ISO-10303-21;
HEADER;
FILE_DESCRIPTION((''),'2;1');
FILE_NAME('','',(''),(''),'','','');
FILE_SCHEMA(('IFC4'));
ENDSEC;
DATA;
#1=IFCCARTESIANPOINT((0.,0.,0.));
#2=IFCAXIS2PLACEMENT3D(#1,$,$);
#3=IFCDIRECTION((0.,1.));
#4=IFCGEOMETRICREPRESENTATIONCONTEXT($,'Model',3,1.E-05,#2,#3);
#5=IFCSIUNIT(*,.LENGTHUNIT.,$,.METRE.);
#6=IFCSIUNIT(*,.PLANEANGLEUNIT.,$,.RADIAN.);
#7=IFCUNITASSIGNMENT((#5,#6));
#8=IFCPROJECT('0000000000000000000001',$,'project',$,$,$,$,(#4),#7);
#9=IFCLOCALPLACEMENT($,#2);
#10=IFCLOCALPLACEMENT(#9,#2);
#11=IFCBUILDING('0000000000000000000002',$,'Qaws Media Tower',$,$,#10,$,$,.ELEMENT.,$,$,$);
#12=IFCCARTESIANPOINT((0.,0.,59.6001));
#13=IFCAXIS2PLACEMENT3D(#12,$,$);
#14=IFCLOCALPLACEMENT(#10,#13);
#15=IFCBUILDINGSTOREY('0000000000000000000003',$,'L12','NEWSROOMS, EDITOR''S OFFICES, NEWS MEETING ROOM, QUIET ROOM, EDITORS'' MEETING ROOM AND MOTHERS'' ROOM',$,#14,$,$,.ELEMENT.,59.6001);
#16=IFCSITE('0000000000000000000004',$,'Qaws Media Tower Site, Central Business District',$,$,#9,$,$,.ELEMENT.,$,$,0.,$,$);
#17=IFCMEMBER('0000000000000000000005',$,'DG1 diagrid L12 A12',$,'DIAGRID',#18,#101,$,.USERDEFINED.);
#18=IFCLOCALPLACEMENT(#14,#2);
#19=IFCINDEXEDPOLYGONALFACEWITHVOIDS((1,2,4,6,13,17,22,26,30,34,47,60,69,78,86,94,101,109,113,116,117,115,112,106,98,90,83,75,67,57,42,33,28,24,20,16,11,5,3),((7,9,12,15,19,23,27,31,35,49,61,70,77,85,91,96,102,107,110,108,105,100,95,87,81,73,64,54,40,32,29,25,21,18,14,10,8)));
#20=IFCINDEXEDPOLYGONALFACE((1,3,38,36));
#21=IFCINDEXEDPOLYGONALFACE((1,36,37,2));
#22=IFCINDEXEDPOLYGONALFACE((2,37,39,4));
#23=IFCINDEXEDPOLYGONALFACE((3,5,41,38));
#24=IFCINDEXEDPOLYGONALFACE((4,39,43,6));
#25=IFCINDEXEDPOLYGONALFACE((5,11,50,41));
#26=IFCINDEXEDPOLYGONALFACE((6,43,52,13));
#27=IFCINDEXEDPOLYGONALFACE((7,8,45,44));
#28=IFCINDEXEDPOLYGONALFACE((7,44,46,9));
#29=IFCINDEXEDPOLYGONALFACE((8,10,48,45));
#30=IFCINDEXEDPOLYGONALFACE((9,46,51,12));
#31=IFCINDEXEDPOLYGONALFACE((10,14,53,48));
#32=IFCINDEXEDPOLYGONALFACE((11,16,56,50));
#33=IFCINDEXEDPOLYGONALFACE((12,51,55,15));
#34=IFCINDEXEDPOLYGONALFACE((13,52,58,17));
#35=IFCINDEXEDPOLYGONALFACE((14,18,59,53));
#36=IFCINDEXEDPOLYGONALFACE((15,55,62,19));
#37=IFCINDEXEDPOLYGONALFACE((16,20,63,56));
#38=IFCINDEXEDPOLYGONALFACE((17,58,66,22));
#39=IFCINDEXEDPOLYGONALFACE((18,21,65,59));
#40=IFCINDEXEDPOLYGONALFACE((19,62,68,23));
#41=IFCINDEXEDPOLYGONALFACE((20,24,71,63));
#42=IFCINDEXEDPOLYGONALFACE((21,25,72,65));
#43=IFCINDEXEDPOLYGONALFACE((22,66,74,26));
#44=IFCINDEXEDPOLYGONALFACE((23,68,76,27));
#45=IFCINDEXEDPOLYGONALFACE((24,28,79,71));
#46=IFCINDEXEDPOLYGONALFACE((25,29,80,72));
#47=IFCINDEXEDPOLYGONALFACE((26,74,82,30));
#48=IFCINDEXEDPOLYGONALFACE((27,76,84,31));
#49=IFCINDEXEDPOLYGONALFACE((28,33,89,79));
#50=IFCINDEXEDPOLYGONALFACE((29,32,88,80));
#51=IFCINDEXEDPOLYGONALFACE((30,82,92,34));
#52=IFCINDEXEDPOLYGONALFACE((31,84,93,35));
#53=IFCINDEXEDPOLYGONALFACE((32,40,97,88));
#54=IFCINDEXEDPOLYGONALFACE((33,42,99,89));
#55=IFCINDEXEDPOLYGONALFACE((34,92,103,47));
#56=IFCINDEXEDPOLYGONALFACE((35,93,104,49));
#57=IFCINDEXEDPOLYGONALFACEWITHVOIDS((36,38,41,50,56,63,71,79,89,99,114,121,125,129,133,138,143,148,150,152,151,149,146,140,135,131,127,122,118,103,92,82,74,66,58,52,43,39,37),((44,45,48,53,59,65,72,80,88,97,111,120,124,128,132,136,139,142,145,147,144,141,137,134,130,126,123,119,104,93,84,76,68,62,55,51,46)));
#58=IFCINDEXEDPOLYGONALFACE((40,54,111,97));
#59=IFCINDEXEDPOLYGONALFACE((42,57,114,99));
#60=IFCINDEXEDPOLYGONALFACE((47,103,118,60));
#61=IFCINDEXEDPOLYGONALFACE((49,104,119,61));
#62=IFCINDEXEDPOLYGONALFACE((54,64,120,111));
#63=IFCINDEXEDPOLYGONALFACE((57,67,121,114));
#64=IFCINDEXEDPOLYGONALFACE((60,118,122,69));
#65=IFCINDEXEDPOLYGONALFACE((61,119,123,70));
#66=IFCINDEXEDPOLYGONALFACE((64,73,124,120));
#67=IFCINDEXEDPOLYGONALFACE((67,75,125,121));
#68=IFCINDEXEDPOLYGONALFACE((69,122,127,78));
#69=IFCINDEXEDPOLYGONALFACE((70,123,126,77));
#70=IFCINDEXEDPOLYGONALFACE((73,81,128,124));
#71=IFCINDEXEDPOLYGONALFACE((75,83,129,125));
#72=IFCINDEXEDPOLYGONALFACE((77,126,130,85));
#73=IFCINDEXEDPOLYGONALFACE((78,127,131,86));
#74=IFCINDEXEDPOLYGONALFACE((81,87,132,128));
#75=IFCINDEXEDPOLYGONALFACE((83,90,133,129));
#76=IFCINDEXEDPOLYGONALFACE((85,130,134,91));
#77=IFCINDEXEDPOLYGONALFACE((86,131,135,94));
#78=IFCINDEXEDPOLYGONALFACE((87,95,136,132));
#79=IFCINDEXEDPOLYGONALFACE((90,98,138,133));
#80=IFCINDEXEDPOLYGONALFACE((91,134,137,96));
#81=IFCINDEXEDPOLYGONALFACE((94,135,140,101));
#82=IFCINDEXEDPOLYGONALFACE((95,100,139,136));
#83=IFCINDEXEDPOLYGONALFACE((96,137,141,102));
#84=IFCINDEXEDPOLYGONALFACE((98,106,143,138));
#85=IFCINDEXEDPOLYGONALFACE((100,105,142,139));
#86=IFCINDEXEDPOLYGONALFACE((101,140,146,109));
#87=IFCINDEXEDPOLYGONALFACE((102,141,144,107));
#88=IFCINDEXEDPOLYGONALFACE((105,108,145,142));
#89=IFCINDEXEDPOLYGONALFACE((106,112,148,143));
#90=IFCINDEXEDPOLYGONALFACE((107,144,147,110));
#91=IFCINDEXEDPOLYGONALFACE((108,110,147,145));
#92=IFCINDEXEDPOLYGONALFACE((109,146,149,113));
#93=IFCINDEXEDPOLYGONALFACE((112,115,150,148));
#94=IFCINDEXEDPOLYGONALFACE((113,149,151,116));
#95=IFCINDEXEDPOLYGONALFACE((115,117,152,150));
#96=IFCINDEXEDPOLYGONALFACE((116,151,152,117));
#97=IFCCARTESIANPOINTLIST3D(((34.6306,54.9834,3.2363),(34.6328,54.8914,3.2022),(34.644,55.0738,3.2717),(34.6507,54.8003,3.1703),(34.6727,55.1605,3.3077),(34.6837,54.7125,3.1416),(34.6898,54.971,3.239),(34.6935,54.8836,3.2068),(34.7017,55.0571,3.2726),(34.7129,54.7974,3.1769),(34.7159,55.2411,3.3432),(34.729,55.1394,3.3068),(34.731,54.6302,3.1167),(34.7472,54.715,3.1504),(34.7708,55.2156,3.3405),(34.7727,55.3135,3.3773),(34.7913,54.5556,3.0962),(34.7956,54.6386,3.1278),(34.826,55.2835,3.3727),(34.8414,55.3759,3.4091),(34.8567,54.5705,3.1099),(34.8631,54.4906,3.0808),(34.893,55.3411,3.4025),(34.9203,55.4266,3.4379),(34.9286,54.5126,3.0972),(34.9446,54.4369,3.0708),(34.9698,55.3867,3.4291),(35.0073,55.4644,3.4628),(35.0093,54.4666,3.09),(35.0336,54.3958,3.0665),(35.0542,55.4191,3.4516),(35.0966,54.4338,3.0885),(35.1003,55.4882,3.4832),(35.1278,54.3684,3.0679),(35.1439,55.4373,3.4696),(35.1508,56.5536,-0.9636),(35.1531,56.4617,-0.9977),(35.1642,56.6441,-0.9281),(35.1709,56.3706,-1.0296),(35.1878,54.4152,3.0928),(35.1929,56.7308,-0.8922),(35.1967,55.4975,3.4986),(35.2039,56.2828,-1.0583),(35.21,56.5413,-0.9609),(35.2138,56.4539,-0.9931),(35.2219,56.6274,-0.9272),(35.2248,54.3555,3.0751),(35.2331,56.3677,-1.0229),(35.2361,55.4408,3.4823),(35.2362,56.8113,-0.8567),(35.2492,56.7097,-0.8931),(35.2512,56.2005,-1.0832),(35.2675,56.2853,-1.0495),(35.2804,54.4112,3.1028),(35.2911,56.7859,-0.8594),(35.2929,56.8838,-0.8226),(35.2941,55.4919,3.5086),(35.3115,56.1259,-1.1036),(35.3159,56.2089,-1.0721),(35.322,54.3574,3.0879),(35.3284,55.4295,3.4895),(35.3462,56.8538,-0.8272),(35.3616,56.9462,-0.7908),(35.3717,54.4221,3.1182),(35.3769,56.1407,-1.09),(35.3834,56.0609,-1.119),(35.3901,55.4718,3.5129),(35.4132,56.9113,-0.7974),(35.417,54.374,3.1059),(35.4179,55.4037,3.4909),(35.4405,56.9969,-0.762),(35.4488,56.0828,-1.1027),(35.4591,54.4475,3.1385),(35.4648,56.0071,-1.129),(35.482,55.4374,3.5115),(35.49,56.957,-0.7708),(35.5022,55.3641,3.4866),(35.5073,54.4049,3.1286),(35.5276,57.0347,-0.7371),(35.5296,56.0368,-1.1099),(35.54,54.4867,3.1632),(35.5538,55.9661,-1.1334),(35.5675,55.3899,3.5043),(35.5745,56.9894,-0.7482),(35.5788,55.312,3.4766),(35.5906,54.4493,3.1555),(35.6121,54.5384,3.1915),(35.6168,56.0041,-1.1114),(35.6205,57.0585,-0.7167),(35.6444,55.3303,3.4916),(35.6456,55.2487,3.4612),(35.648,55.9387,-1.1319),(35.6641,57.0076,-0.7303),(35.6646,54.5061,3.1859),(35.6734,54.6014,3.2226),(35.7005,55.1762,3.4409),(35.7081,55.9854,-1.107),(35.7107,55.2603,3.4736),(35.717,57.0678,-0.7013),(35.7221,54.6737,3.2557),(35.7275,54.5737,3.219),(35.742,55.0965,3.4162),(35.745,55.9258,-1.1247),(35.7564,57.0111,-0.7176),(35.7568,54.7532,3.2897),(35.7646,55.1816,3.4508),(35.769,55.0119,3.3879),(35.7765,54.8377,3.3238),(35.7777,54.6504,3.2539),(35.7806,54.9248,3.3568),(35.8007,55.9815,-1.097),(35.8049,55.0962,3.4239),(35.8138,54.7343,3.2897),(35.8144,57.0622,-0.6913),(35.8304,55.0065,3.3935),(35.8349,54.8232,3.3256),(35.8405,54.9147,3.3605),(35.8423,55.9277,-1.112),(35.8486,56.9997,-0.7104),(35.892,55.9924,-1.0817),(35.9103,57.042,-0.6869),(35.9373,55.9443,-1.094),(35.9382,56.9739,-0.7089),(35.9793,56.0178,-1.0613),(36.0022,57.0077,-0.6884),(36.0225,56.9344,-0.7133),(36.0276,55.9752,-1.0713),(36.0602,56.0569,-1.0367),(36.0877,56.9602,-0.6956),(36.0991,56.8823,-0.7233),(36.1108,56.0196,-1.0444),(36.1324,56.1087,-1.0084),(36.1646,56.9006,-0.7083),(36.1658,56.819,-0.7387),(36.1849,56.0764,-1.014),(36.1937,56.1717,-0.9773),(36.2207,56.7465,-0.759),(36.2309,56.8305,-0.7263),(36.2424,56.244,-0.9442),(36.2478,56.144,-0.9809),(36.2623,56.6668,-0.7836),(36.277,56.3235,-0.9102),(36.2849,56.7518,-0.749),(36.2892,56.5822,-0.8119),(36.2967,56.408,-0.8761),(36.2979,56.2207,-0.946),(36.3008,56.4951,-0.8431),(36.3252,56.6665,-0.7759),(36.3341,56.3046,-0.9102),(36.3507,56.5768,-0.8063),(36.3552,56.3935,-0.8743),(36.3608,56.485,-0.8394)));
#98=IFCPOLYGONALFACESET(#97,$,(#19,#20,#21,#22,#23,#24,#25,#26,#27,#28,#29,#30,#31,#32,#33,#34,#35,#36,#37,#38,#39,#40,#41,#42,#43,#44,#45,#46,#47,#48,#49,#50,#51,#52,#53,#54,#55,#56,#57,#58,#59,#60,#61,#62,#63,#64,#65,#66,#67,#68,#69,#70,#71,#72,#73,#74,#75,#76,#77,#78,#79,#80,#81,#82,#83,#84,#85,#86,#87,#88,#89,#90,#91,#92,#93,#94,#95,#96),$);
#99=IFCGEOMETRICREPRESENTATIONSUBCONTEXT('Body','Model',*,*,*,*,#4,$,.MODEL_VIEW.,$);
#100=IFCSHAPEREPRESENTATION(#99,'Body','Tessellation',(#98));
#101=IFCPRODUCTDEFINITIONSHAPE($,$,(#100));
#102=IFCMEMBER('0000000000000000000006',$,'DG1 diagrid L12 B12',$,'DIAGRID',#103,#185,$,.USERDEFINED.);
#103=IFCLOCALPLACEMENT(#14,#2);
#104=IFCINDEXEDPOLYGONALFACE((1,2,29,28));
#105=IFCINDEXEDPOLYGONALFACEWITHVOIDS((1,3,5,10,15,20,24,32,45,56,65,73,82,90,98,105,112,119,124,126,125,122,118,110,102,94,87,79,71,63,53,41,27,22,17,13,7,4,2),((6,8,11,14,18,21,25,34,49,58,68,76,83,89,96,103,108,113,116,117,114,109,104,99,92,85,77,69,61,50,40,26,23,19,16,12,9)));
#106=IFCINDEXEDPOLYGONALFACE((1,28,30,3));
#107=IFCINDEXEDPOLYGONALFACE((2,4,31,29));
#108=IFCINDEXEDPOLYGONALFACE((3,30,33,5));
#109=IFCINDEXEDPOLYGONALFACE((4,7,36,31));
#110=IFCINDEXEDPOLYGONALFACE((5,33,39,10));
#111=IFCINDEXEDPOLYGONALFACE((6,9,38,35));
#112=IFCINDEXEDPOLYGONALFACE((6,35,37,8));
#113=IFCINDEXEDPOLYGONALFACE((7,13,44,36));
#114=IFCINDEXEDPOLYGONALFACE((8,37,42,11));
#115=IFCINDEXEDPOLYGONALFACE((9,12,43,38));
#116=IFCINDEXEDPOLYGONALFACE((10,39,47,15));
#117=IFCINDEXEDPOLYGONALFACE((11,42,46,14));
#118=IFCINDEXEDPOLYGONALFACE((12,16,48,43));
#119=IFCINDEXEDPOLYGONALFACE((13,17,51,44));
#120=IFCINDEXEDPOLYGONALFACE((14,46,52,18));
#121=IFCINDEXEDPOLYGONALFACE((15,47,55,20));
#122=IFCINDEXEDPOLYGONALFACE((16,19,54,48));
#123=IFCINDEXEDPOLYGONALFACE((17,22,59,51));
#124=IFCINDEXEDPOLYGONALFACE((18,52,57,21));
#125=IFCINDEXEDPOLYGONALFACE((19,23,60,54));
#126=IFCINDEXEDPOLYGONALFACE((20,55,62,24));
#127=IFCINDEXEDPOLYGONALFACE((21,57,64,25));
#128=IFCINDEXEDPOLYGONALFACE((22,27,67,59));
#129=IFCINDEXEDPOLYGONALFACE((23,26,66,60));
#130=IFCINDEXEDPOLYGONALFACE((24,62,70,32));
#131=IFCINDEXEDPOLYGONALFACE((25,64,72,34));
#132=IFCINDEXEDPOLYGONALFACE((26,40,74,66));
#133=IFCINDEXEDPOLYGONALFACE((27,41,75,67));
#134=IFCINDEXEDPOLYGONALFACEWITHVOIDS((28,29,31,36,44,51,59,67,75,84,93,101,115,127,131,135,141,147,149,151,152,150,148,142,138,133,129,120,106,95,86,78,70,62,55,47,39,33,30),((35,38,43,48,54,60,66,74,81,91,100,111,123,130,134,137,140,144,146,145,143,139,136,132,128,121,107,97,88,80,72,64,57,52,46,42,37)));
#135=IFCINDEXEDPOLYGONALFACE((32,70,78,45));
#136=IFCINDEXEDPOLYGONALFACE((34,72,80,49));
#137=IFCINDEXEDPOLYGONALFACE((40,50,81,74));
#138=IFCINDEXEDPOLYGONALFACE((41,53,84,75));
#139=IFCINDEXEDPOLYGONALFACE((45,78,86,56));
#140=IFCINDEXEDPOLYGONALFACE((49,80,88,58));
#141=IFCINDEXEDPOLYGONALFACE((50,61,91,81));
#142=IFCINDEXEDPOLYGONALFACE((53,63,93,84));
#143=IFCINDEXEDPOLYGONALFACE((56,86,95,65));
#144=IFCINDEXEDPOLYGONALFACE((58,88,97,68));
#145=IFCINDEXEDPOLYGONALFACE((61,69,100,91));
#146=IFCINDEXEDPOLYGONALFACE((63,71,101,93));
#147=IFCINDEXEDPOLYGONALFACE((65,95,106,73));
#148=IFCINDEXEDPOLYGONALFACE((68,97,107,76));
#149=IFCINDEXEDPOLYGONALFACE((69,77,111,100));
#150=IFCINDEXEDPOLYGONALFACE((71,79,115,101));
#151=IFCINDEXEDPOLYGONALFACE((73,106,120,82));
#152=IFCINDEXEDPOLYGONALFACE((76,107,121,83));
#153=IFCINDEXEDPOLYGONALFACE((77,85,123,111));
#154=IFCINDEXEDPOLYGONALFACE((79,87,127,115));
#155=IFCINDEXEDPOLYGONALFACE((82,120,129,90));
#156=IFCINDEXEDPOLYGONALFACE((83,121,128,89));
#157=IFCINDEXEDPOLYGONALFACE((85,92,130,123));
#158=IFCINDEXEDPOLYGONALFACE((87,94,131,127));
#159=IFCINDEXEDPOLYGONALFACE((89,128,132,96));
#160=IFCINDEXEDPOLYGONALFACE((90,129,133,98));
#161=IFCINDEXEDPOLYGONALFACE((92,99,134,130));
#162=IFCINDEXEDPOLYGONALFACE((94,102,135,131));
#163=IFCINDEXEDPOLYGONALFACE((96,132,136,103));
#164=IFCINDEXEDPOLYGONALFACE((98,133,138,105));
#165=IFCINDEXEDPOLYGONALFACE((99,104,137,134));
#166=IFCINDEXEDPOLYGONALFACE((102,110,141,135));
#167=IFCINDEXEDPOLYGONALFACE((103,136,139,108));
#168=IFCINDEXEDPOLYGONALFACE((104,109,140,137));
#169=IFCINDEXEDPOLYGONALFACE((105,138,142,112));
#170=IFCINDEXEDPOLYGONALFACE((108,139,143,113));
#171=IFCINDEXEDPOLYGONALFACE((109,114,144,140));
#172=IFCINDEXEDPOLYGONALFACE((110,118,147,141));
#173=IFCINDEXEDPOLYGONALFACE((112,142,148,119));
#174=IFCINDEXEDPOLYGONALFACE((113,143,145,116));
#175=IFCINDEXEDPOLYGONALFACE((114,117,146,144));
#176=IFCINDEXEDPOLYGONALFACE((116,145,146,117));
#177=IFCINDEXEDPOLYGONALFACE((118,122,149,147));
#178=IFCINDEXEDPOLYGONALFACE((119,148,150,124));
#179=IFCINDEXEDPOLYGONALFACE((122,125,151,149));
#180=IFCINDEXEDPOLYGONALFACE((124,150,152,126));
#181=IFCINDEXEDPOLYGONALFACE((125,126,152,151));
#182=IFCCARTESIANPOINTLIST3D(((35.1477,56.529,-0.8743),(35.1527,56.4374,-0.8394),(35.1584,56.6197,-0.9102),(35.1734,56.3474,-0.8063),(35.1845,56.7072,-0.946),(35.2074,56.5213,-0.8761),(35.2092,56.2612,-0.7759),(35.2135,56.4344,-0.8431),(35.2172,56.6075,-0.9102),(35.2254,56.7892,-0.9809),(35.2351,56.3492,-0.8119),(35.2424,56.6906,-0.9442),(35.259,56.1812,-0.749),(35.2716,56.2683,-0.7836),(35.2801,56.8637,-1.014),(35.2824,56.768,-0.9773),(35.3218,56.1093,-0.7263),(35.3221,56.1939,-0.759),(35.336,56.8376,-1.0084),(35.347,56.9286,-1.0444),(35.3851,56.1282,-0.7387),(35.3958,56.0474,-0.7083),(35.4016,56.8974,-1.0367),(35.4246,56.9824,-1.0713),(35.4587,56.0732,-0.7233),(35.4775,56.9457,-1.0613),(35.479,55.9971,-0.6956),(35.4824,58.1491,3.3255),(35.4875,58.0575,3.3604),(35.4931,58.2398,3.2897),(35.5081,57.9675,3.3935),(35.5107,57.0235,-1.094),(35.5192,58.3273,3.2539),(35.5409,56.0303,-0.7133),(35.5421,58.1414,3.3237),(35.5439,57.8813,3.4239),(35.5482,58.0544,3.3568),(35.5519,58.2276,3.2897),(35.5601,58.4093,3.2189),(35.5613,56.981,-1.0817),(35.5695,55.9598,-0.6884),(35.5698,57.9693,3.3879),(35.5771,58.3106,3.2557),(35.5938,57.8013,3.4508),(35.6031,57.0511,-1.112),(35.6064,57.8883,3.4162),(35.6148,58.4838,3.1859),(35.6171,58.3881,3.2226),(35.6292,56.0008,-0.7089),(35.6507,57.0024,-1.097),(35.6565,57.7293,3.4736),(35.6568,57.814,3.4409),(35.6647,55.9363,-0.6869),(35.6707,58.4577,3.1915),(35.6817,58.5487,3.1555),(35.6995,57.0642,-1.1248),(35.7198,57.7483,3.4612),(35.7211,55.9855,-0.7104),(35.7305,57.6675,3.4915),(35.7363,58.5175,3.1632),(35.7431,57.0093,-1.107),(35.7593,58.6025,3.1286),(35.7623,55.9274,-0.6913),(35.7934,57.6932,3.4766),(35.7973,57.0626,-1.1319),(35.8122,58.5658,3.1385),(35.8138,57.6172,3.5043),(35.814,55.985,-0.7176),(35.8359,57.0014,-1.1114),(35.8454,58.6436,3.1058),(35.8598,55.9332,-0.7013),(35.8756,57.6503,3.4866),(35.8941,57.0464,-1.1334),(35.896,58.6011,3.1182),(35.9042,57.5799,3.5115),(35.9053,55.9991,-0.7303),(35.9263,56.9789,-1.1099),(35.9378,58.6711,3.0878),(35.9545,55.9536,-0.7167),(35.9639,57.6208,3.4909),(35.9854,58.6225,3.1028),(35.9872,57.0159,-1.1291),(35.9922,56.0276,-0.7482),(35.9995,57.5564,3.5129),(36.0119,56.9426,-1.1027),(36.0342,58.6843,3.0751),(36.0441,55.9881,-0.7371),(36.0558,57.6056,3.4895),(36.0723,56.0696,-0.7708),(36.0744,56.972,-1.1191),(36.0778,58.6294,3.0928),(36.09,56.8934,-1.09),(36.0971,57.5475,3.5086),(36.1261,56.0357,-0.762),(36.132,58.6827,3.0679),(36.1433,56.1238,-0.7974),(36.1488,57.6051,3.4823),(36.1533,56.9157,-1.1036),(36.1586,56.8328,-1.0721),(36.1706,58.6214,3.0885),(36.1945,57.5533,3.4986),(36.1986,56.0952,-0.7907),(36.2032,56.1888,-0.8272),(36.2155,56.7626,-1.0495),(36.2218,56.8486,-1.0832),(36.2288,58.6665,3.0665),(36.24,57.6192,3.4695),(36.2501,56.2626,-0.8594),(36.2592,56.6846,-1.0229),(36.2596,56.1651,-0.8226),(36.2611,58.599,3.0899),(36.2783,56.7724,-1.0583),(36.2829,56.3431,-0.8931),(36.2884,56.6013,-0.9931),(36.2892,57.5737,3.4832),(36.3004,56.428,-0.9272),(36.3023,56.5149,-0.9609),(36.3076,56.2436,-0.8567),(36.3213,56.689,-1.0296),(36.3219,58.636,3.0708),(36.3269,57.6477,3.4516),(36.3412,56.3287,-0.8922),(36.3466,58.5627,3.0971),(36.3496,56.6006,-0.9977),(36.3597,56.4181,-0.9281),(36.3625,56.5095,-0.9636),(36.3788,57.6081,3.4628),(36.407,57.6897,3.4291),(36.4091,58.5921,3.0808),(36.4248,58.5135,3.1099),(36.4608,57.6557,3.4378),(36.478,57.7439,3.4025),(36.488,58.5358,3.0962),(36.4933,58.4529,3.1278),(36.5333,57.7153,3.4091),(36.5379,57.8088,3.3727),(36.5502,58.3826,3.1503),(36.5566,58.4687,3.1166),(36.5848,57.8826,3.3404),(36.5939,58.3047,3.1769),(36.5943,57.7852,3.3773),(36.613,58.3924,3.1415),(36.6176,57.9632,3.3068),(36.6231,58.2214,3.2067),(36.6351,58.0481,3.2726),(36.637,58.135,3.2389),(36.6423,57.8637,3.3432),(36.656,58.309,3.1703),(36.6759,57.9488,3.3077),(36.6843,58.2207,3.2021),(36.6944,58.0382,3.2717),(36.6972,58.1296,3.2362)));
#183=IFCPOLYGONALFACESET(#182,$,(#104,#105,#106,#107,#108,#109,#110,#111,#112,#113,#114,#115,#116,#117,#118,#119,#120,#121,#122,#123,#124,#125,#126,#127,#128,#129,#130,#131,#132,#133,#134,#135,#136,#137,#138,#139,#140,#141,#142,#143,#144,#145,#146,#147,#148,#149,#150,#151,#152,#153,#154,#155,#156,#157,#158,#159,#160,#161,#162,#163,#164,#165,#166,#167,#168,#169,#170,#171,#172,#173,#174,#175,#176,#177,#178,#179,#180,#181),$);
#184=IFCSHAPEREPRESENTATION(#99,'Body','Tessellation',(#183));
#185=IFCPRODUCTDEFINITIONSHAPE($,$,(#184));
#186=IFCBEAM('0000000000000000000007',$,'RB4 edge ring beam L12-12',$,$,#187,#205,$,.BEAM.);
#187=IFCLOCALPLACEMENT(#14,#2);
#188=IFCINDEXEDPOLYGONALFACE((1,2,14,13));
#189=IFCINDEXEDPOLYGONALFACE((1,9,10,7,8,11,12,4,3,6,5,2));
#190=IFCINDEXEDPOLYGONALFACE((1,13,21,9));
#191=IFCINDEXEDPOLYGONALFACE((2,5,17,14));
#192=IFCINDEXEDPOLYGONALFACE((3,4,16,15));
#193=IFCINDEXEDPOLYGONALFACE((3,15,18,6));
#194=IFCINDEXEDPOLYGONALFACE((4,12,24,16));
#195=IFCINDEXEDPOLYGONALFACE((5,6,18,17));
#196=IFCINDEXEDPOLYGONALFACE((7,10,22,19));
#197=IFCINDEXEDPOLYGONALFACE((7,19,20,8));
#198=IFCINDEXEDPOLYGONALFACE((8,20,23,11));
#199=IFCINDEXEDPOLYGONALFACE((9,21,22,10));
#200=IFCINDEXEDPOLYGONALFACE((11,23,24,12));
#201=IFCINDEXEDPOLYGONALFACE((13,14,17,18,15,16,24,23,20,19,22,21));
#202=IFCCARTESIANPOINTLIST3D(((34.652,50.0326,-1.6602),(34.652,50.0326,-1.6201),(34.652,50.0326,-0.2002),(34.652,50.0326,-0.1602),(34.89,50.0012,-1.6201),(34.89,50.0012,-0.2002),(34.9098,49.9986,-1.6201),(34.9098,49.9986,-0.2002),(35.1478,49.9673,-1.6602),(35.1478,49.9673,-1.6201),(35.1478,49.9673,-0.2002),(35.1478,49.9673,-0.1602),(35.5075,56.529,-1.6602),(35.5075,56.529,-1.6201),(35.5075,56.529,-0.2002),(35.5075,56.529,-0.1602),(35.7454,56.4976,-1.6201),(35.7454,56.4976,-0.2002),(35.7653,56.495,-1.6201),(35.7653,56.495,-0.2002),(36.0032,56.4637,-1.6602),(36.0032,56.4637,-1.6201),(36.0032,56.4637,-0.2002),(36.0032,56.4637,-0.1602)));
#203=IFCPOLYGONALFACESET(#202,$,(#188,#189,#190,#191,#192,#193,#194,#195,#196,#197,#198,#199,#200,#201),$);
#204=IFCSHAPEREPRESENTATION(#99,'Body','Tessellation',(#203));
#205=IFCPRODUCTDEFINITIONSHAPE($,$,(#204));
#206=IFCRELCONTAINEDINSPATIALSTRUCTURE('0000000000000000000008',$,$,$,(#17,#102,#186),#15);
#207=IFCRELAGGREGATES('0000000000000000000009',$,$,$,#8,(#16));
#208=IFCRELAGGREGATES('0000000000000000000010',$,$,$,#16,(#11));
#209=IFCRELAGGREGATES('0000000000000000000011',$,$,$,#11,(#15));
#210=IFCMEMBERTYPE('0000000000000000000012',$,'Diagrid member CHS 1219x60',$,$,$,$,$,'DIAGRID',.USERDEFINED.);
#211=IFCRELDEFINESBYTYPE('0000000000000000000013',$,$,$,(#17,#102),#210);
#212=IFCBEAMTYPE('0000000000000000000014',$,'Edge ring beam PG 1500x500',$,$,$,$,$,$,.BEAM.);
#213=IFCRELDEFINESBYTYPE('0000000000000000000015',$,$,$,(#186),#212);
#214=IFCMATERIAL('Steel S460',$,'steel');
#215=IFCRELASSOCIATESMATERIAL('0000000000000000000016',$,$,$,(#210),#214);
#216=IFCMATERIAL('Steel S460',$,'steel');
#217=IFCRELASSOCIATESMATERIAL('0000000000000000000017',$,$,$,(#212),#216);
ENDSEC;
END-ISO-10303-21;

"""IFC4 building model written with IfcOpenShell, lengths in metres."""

from ifc_helpers import new_model, si_unit, direction, frame, origin, origin_2d, place, context, subcontext, project, spatial, hollow_circle, i_section, extrude, material, material_profile, profile_set, type_object, element, save


model = new_model("IFC4")

# Units and contexts
model_context = context("Model", 3, precision=1e-05, world=origin(), true_north=direction((0.0, 1.0)))
body_context = subcontext(model_context, "Body", "Model", "MODEL_VIEW")
ifc_project = project(units=[si_unit("LENGTHUNIT", "METRE"), si_unit("PLANEANGLEUNIT", "RADIAN")], contexts=[model_context])

# Site, building, storey
site_placement = place(None, origin())
site = spatial("IfcSite", under=ifc_project, at=site_placement, Name="Qaws Media Tower Site, Central Business District", CompositionType="ELEMENT", RefElevation=0.0)
building_placement = place(site_placement, origin())
building = spatial("IfcBuilding", under=site, at=building_placement, Name="Qaws Media Tower", CompositionType="ELEMENT")
storey_placement = place(building_placement, frame((0.0, 0.0, 59.6001)))
storey = spatial("IfcBuildingStorey", under=building, at=storey_placement, Name="L12", Description="NEWSROOMS, EDITOR'S OFFICES, NEWS MEETING ROOM, QUIET ROOM, EDITORS' MEETING ROOM AND MOTHERS' ROOM", CompositionType="ELEMENT", Elevation=59.6001)

# Members
ifc_material_1 = material(Name="Steel S460", Category="steel")
ifc_material_profile_1 = material_profile(ifc_material_1, hollow_circle(Radius=0.6096, WallThickness=0.0601, at=origin_2d()), Name="CHS 1219x60")
ifc_profile_set_1 = profile_set([ifc_material_profile_1], Name="Steel S460")
member_type_1 = type_object("IfcMemberType", Name="Diagrid member CHS 1219x60", ElementType="DIAGRID", PredefinedType="USERDEFINED", material=ifc_profile_set_1)
for number, where, z_axis, x_axis, name in (
    (1, (35.7554, 56.4963, -0.9102), (-0.115256, -0.347876, 0.930429), (0.949257, -0.314501, 0.0), "DG1 diagrid L12 A12"),
    (2, (35.7554, 56.4963, -0.9102), (0.07415, 0.358908, 0.930423), (-0.979318, 0.202327, 0.0), "DG1 diagrid L12 B12"),
):
    element("IfcMember", number, at=place(storey_placement, frame(where, z_axis=z_axis, x_axis=x_axis)), inside=storey, type_object=member_type_1, Name=name, ObjectType="DIAGRID", PredefinedType="USERDEFINED", context=body_context, shape_type="SweptSolid", body=[
        extrude(hollow_circle(Radius=0.6096, WallThickness=0.0601, at=origin_2d()), origin(), (0.0, 0.0, 1.0), 4.5139),
    ])

# Beam
ifc_material_2 = material(Name="Steel S460", Category="steel")
ifc_material_profile_2 = material_profile(ifc_material_2, i_section(OverallWidth=0.5, OverallDepth=1.5, WebThickness=0.02, FlangeThickness=0.04, at=origin_2d()), Name="PG 1500x500")
ifc_profile_set_2 = profile_set([ifc_material_profile_2], Name="Steel S460")
beam_type = type_object("IfcBeamType", Name="Edge ring beam PG 1500x500", PredefinedType="BEAM", material=ifc_profile_set_2)
beam_placement = place(storey_placement, frame((35.7554, 56.4963, -0.9102), z_axis=(-0.130558, -0.991441, 0.0), x_axis=(0.991441, -0.130558, 0.0)))
element("IfcBeam", 3, at=beam_placement, inside=storey, type_object=beam_type, Name="RB4 edge ring beam L12-12", PredefinedType="BEAM", context=body_context, shape_type="SweptSolid", body=[
    extrude(i_section(OverallWidth=0.5, OverallDepth=1.5, WebThickness=0.02, FlangeThickness=0.04, at=origin_2d()), origin(), (0.0, 0.0, 1.0), 6.5525),
])

save(model, "model.ifc")
